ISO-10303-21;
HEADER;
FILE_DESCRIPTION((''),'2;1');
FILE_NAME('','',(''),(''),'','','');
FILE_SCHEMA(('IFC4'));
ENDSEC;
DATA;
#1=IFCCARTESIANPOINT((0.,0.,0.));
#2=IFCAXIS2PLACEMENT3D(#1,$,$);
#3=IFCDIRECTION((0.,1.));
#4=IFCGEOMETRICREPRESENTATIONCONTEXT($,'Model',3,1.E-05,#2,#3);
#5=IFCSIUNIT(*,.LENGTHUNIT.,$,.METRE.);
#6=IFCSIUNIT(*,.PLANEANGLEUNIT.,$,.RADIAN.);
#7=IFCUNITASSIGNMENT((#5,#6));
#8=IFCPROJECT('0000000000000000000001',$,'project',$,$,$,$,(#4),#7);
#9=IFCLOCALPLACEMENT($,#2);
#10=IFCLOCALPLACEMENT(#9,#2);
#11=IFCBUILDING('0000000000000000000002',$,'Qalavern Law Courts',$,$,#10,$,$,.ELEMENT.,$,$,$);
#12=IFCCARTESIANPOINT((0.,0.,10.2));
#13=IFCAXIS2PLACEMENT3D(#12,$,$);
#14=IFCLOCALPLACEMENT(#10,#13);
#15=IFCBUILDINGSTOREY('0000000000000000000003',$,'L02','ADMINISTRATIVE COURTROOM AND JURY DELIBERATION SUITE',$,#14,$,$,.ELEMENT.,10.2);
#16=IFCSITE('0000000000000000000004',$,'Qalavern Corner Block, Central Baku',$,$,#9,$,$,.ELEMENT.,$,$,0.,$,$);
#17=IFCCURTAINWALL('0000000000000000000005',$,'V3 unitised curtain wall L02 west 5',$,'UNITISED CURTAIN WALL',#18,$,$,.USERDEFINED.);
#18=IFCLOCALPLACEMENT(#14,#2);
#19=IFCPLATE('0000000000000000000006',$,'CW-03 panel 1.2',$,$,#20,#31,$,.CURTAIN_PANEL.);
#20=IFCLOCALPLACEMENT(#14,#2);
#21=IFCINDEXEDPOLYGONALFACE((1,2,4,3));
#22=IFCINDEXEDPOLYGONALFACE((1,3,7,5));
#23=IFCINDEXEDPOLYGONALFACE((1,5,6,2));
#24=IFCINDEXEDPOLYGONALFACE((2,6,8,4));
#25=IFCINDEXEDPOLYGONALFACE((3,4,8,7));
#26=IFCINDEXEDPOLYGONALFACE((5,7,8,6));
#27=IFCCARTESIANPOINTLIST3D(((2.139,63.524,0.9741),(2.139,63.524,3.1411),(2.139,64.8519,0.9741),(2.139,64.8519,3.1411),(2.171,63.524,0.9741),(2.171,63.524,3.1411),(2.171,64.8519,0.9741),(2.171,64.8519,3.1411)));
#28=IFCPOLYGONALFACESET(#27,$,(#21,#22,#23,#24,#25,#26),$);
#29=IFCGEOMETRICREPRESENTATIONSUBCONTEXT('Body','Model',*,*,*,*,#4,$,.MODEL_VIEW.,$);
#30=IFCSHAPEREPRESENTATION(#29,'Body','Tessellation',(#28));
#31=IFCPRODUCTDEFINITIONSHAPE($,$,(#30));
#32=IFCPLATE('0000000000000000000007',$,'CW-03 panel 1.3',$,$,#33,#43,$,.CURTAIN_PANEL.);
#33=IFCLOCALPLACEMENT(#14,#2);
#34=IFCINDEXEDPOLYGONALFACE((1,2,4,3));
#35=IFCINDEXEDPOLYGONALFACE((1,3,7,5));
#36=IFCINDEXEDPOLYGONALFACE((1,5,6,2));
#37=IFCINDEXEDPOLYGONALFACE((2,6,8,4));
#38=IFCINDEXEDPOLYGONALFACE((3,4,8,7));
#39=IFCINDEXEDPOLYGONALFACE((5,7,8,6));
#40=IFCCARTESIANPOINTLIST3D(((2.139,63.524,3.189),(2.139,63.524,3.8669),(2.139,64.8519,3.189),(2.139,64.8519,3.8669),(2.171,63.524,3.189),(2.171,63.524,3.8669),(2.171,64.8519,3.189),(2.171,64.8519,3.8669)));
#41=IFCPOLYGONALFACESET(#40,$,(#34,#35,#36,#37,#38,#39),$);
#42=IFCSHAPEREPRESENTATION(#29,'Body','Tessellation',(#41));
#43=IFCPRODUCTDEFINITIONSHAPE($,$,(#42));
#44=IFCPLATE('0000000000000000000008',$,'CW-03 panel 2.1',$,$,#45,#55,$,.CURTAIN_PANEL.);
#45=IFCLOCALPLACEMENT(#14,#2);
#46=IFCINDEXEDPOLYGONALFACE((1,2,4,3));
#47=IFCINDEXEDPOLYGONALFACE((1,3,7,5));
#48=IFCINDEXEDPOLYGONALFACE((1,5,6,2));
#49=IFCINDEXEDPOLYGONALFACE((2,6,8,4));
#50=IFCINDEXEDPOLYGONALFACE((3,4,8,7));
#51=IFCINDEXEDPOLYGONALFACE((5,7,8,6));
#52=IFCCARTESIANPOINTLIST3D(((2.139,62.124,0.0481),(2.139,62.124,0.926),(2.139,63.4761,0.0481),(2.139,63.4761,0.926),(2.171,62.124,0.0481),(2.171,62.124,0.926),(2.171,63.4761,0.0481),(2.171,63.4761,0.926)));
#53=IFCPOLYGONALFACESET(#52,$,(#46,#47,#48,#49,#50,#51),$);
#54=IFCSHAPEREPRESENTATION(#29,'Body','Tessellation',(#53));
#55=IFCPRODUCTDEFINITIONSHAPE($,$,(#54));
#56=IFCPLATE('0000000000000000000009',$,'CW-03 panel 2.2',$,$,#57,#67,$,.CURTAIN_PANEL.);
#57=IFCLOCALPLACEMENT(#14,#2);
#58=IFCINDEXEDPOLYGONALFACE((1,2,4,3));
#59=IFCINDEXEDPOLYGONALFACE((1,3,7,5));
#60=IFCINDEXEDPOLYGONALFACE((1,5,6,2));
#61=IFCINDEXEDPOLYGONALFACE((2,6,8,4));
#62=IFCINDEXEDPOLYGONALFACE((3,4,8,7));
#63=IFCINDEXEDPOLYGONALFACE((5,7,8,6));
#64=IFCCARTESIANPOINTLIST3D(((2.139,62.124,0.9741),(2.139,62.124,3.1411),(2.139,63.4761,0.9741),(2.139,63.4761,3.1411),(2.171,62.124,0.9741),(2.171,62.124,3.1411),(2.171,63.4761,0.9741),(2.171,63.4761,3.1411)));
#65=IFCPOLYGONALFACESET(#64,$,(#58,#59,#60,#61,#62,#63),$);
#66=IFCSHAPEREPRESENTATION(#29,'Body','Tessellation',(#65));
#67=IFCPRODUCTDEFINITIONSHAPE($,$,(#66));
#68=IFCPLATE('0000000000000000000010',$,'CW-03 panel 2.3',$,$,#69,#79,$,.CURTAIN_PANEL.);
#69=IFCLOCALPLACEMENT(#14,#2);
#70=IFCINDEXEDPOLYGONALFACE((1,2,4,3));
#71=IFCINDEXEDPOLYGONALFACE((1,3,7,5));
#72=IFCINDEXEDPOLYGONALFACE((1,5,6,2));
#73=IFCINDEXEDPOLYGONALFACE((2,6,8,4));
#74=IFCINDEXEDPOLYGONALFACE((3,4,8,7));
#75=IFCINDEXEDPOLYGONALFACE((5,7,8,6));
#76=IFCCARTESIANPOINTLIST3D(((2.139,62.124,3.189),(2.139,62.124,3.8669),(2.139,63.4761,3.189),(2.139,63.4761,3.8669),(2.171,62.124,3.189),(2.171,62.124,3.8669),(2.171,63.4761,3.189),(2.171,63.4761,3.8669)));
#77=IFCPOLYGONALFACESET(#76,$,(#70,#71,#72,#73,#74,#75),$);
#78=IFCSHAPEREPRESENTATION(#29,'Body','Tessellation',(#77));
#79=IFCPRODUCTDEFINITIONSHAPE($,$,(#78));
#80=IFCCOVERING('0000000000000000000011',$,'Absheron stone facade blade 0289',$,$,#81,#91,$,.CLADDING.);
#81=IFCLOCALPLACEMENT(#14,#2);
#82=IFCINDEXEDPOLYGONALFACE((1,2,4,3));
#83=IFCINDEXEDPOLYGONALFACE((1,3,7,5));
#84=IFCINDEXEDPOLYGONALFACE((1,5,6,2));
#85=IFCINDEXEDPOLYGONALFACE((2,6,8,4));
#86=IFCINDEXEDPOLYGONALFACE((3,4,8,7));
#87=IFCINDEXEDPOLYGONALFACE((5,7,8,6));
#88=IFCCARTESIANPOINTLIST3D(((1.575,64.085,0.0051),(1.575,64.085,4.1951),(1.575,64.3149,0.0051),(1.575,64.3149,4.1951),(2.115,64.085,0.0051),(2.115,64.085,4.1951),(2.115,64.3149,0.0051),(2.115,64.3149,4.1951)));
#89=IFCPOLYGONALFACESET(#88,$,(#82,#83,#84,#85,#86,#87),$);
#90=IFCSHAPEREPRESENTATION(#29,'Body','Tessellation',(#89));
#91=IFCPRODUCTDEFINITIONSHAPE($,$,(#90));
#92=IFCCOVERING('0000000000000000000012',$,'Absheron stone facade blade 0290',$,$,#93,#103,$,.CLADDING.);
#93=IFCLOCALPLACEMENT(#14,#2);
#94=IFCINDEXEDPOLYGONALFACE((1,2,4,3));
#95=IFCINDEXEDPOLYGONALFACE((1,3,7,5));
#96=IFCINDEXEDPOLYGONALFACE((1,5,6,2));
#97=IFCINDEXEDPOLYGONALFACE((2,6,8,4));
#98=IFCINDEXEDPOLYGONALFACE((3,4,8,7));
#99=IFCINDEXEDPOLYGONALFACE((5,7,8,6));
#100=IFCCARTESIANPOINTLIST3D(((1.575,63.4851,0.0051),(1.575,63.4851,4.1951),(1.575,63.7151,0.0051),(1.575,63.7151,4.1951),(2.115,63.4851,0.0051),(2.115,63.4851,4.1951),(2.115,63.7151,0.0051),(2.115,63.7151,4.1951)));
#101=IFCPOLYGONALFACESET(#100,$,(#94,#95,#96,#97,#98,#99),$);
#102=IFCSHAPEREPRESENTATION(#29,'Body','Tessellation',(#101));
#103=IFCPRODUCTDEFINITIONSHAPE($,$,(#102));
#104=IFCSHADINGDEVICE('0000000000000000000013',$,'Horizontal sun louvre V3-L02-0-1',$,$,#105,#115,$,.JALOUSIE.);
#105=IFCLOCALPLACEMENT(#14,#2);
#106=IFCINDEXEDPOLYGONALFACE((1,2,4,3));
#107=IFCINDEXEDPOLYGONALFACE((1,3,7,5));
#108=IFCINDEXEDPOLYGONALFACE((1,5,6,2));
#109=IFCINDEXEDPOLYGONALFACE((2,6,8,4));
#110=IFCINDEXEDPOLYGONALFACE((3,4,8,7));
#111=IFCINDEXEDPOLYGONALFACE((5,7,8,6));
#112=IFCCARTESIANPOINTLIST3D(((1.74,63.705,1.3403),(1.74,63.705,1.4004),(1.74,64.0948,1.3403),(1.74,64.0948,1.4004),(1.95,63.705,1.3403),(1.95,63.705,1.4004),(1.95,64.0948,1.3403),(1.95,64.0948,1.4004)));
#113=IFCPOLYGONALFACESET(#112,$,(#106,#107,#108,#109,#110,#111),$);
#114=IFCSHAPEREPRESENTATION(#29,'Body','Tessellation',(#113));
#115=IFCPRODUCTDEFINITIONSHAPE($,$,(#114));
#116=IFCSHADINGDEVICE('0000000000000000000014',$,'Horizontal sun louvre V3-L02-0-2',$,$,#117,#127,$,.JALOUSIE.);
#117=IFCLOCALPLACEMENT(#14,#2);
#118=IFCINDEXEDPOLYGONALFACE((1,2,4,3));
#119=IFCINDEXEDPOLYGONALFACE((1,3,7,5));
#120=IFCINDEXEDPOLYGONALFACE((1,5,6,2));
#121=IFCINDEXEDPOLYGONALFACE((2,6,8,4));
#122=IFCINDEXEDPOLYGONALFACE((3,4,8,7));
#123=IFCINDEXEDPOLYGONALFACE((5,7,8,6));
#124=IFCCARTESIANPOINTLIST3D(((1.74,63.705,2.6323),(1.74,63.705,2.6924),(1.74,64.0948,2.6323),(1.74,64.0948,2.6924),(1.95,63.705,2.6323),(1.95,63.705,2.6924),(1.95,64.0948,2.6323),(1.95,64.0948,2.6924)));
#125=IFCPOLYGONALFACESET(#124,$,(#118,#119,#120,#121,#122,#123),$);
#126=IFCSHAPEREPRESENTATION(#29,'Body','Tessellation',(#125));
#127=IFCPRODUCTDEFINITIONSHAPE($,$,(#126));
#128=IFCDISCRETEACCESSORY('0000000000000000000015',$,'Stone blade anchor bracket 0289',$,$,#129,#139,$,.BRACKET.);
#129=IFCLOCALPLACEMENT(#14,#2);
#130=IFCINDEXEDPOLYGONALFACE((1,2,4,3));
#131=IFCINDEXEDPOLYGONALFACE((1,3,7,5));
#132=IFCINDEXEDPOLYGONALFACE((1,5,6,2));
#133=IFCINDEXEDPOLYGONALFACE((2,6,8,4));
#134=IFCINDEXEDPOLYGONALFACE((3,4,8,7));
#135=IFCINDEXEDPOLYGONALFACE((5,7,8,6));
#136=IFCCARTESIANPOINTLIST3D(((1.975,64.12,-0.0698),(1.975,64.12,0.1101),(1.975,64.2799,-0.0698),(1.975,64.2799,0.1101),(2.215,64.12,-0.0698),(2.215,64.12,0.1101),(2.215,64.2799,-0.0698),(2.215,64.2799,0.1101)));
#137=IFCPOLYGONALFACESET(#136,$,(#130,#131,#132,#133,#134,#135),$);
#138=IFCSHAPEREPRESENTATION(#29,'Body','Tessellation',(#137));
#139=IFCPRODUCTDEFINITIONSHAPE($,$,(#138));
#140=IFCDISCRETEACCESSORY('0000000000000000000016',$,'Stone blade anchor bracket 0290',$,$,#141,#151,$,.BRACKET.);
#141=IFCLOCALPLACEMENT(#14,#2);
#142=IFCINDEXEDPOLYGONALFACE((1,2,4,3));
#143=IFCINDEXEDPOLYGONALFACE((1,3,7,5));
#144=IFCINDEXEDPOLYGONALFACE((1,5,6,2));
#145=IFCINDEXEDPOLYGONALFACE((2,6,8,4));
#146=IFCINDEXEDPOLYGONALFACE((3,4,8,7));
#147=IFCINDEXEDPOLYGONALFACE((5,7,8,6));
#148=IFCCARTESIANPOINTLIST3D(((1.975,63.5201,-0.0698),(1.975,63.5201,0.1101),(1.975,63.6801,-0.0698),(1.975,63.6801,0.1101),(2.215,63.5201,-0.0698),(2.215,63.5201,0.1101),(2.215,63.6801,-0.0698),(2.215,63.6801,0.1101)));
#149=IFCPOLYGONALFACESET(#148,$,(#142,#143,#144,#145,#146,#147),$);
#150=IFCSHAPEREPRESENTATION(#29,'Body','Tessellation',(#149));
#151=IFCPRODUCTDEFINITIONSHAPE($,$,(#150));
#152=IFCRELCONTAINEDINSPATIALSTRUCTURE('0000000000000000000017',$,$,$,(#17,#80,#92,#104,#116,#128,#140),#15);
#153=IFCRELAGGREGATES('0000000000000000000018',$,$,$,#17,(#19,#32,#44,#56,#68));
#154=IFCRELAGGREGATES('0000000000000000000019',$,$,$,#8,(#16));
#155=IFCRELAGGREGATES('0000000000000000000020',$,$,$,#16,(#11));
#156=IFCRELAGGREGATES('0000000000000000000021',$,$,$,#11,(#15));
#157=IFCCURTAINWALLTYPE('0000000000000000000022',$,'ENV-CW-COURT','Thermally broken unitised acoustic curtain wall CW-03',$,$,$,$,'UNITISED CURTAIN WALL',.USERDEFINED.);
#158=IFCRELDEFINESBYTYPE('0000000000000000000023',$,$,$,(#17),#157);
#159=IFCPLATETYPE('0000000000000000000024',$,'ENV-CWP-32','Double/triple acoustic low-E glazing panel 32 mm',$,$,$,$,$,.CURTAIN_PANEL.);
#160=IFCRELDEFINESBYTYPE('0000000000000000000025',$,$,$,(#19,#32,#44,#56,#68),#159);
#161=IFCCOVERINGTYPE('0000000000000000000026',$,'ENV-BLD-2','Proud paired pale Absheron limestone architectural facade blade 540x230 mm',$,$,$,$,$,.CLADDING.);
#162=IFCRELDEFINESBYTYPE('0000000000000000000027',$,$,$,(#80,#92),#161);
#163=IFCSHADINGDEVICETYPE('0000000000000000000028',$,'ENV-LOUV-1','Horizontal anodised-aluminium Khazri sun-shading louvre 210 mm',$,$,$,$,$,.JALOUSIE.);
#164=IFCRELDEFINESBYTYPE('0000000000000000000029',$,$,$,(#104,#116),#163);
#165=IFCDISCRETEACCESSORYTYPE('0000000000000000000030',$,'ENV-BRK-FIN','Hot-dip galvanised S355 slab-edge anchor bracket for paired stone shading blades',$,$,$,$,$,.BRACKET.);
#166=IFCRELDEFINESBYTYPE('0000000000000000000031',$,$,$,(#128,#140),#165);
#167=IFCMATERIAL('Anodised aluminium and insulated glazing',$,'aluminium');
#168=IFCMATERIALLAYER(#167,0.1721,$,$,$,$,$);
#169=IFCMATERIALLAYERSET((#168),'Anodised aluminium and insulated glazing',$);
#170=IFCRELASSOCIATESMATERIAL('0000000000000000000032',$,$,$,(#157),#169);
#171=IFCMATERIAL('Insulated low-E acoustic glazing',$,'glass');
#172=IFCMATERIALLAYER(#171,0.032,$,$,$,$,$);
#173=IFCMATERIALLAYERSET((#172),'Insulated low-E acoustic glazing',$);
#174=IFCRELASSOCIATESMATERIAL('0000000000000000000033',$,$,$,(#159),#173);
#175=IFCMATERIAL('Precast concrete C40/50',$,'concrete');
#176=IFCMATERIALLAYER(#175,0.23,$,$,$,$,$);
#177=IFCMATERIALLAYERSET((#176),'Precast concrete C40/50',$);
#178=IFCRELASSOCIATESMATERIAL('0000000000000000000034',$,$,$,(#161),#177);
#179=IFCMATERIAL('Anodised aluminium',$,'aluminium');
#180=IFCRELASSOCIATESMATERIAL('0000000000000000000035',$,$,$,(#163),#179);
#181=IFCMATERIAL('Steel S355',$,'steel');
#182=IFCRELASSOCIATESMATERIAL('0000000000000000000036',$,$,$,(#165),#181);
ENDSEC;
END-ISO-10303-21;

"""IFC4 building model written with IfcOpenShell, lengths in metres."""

from ifc_helpers import new_model, si_unit, direction, frame, origin, origin_2d, place, context, subcontext, project, spatial, rectangle, extrude, material, layer, layer_set, type_object, element, aggregate, save


model = new_model("IFC4")

# Units and contexts
model_context = context("Model", 3, precision=1e-05, world=origin(), true_north=direction((0.0, 1.0)))
body_context = subcontext(model_context, "Body", "Model", "MODEL_VIEW")
ifc_project = project(units=[si_unit("LENGTHUNIT", "METRE"), si_unit("PLANEANGLEUNIT", "RADIAN")], contexts=[model_context])

# Site, building, storey
site_placement = place(None, origin())
site = spatial("IfcSite", under=ifc_project, at=site_placement, Name="Qalavern Corner Block, Central Baku", CompositionType="ELEMENT", RefElevation=0.0)
building_placement = place(site_placement, origin())
building = spatial("IfcBuilding", under=site, at=building_placement, Name="Qalavern Law Courts", CompositionType="ELEMENT")
storey_placement = place(building_placement, frame((0.0, 0.0, 10.2)))
storey = spatial("IfcBuildingStorey", under=building, at=storey_placement, Name="L02", Description="ADMINISTRATIVE COURTROOM AND JURY DELIBERATION SUITE", CompositionType="ELEMENT", Elevation=10.2)

# Curtain wall, plates
ifc_material_1 = material(Name="Anodised aluminium and insulated glazing", Category="aluminium")
ifc_layer_1 = layer(ifc_material_1, 0.1721)
ifc_layer_set_1 = layer_set([ifc_layer_1], Name="Anodised aluminium and insulated glazing")
curtain_wall_type = type_object("IfcCurtainWallType", Name="ENV-CW-COURT", Description="Thermally broken unitised acoustic curtain wall CW-03", ElementType="UNITISED CURTAIN WALL", PredefinedType="USERDEFINED", material=ifc_layer_set_1)
curtain_wall_placement = place(storey_placement, origin())
curtain_wall = element("IfcCurtainWall", 1, at=curtain_wall_placement, inside=storey, type_object=curtain_wall_type, Name="V3 unitised curtain wall L02 west 5", ObjectType="UNITISED CURTAIN WALL", PredefinedType="USERDEFINED")
ifc_material_2 = material(Name="Anodised aluminium", Category="aluminium")
ifc_material_3 = material(Name="Insulated low-E acoustic glazing", Category="glass")
ifc_layer_2 = layer(ifc_material_3, 0.032)
ifc_layer_set_2 = layer_set([ifc_layer_2], Name="Insulated low-E acoustic glazing")
plate_type = type_object("IfcPlateType", Name="ENV-CWP-32", Description="Double/triple acoustic low-E glazing panel 32 mm", PredefinedType="CURTAIN_PANEL", material=ifc_layer_set_2)
plate_1_placement = place(storey_placement, frame((2.155, 64.188, 0.9741), z_axis=(0.0, 0.0, 1.0), x_axis=(0.0, -1.0, 0.0)))
plate_1 = element("IfcPlate", 2, at=plate_1_placement, type_object=plate_type, Name="CW-03 panel 1.2", PredefinedType="CURTAIN_PANEL", context=body_context, shape_type="SweptSolid", body=[
    extrude(rectangle(XDim=1.3279, YDim=0.032, at=origin_2d()), origin(), (0.0, 0.0, 1.0), 2.167),
])
plate_2_placement = place(storey_placement, frame((2.155, 64.188, 3.189), z_axis=(0.0, 0.0, 1.0), x_axis=(0.0, -1.0, 0.0)))
plate_2 = element("IfcPlate", 3, at=plate_2_placement, type_object=plate_type, Name="CW-03 panel 1.3", PredefinedType="CURTAIN_PANEL", context=body_context, shape_type="SweptSolid", body=[
    extrude(rectangle(XDim=1.3279, YDim=0.032, at=origin_2d()), origin(), (0.0, 0.0, 1.0), 0.678),
])
plate_3_placement = place(storey_placement, frame((2.155, 62.8, 0.0481), z_axis=(0.0, 0.0, 1.0), x_axis=(0.0, -1.0, 0.0)))
plate_3 = element("IfcPlate", 4, at=plate_3_placement, type_object=plate_type, Name="CW-03 panel 2.1", PredefinedType="CURTAIN_PANEL", context=body_context, shape_type="SweptSolid", body=[
    extrude(rectangle(XDim=1.3521, YDim=0.032, at=origin_2d()), origin(), (0.0, 0.0, 1.0), 0.8779),
])
plate_4_placement = place(storey_placement, frame((2.155, 62.8, 0.9741), z_axis=(0.0, 0.0, 1.0), x_axis=(0.0, -1.0, 0.0)))
plate_4 = element("IfcPlate", 5, at=plate_4_placement, type_object=plate_type, Name="CW-03 panel 2.2", PredefinedType="CURTAIN_PANEL", context=body_context, shape_type="SweptSolid", body=[
    extrude(rectangle(XDim=1.3521, YDim=0.032, at=origin_2d()), origin(), (0.0, 0.0, 1.0), 2.167),
])
plate_5_placement = place(storey_placement, frame((2.155, 62.8, 3.189), z_axis=(0.0, 0.0, 1.0), x_axis=(0.0, -1.0, 0.0)))
plate_5 = element("IfcPlate", 6, at=plate_5_placement, type_object=plate_type, Name="CW-03 panel 2.3", PredefinedType="CURTAIN_PANEL", context=body_context, shape_type="SweptSolid", body=[
    extrude(rectangle(XDim=1.3521, YDim=0.032, at=origin_2d()), origin(), (0.0, 0.0, 1.0), 0.678),
])
aggregate(curtain_wall, [plate_1, plate_2, plate_3, plate_4, plate_5])

# Coverings
ifc_material_4 = material(Name="Precast concrete C40/50", Category="concrete")
ifc_layer_3 = layer(ifc_material_4, 0.23)
ifc_layer_set_3 = layer_set([ifc_layer_3], Name="Precast concrete C40/50")
covering_type = type_object("IfcCoveringType", Name="ENV-BLD-2", Description="Proud paired pale Absheron limestone architectural facade blade 540x230 mm", PredefinedType="CLADDING", material=ifc_layer_set_3)
for number, where, z_axis, x_axis, name in (
    (7, (1.845, 64.2, 0.0051), (0.0, 0.0, 1.0), (-1.0, 0.0, 0.0), "Absheron stone facade blade 0289"),
    (8, (1.845, 63.6001, 0.0051), (0.0, 0.0, 1.0), (-1.0, 0.0, 0.0), "Absheron stone facade blade 0290"),
):
    element("IfcCovering", number, at=place(storey_placement, frame(where, z_axis=z_axis, x_axis=x_axis)), inside=storey, type_object=covering_type, Name=name, PredefinedType="CLADDING", context=body_context, shape_type="SweptSolid", body=[
        extrude(rectangle(XDim=0.54, YDim=0.23, at=origin_2d()), origin(), (0.0, 0.0, 1.0), 4.1899),
    ])

# Shading devices
shading_device_type = type_object("IfcShadingDeviceType", Name="ENV-LOUV-1", Description="Horizontal anodised-aluminium Khazri sun-shading louvre 210 mm", PredefinedType="JALOUSIE", material=ifc_material_2)
for number, where, z_axis, x_axis, name in (
    (9, (1.845, 63.8999, 1.3403), (0.0, 0.0, 1.0), (0.0, -1.0, 0.0), "Horizontal sun louvre V3-L02-0-1"),
    (10, (1.845, 63.8999, 2.6323), (0.0, 0.0, 1.0), (0.0, -1.0, 0.0), "Horizontal sun louvre V3-L02-0-2"),
):
    element("IfcShadingDevice", number, at=place(storey_placement, frame(where, z_axis=z_axis, x_axis=x_axis)), inside=storey, type_object=shading_device_type, Name=name, PredefinedType="JALOUSIE", context=body_context, shape_type="SweptSolid", body=[
        extrude(rectangle(XDim=0.3899, YDim=0.21, at=origin_2d()), origin(), (0.0, 0.0, 1.0), 0.0601),
    ])

# Discrete accessories
ifc_material_5 = material(Name="Steel S355", Category="steel")
discrete_accessory_type = type_object("IfcDiscreteAccessoryType", Name="ENV-BRK-FIN", Description="Hot-dip galvanised S355 slab-edge anchor bracket for paired stone shading blades", PredefinedType="BRACKET", material=ifc_material_5)
for number, where, z_axis, x_axis, name in (
    (11, (2.095, 64.2, -0.0698), (0.0, 0.0, 1.0), (-1.0, 0.0, 0.0), "Stone blade anchor bracket 0289"),
    (12, (2.095, 63.6001, -0.0698), (0.0, 0.0, 1.0), (-1.0, 0.0, 0.0), "Stone blade anchor bracket 0290"),
):
    element("IfcDiscreteAccessory", number, at=place(storey_placement, frame(where, z_axis=z_axis, x_axis=x_axis)), inside=storey, type_object=discrete_accessory_type, Name=name, PredefinedType="BRACKET", context=body_context, shape_type="SweptSolid", body=[
        extrude(rectangle(XDim=0.24, YDim=0.1599, at=origin_2d()), origin(), (0.0, 0.0, 1.0), 0.1799),
    ])

save(model, "model.ifc")
